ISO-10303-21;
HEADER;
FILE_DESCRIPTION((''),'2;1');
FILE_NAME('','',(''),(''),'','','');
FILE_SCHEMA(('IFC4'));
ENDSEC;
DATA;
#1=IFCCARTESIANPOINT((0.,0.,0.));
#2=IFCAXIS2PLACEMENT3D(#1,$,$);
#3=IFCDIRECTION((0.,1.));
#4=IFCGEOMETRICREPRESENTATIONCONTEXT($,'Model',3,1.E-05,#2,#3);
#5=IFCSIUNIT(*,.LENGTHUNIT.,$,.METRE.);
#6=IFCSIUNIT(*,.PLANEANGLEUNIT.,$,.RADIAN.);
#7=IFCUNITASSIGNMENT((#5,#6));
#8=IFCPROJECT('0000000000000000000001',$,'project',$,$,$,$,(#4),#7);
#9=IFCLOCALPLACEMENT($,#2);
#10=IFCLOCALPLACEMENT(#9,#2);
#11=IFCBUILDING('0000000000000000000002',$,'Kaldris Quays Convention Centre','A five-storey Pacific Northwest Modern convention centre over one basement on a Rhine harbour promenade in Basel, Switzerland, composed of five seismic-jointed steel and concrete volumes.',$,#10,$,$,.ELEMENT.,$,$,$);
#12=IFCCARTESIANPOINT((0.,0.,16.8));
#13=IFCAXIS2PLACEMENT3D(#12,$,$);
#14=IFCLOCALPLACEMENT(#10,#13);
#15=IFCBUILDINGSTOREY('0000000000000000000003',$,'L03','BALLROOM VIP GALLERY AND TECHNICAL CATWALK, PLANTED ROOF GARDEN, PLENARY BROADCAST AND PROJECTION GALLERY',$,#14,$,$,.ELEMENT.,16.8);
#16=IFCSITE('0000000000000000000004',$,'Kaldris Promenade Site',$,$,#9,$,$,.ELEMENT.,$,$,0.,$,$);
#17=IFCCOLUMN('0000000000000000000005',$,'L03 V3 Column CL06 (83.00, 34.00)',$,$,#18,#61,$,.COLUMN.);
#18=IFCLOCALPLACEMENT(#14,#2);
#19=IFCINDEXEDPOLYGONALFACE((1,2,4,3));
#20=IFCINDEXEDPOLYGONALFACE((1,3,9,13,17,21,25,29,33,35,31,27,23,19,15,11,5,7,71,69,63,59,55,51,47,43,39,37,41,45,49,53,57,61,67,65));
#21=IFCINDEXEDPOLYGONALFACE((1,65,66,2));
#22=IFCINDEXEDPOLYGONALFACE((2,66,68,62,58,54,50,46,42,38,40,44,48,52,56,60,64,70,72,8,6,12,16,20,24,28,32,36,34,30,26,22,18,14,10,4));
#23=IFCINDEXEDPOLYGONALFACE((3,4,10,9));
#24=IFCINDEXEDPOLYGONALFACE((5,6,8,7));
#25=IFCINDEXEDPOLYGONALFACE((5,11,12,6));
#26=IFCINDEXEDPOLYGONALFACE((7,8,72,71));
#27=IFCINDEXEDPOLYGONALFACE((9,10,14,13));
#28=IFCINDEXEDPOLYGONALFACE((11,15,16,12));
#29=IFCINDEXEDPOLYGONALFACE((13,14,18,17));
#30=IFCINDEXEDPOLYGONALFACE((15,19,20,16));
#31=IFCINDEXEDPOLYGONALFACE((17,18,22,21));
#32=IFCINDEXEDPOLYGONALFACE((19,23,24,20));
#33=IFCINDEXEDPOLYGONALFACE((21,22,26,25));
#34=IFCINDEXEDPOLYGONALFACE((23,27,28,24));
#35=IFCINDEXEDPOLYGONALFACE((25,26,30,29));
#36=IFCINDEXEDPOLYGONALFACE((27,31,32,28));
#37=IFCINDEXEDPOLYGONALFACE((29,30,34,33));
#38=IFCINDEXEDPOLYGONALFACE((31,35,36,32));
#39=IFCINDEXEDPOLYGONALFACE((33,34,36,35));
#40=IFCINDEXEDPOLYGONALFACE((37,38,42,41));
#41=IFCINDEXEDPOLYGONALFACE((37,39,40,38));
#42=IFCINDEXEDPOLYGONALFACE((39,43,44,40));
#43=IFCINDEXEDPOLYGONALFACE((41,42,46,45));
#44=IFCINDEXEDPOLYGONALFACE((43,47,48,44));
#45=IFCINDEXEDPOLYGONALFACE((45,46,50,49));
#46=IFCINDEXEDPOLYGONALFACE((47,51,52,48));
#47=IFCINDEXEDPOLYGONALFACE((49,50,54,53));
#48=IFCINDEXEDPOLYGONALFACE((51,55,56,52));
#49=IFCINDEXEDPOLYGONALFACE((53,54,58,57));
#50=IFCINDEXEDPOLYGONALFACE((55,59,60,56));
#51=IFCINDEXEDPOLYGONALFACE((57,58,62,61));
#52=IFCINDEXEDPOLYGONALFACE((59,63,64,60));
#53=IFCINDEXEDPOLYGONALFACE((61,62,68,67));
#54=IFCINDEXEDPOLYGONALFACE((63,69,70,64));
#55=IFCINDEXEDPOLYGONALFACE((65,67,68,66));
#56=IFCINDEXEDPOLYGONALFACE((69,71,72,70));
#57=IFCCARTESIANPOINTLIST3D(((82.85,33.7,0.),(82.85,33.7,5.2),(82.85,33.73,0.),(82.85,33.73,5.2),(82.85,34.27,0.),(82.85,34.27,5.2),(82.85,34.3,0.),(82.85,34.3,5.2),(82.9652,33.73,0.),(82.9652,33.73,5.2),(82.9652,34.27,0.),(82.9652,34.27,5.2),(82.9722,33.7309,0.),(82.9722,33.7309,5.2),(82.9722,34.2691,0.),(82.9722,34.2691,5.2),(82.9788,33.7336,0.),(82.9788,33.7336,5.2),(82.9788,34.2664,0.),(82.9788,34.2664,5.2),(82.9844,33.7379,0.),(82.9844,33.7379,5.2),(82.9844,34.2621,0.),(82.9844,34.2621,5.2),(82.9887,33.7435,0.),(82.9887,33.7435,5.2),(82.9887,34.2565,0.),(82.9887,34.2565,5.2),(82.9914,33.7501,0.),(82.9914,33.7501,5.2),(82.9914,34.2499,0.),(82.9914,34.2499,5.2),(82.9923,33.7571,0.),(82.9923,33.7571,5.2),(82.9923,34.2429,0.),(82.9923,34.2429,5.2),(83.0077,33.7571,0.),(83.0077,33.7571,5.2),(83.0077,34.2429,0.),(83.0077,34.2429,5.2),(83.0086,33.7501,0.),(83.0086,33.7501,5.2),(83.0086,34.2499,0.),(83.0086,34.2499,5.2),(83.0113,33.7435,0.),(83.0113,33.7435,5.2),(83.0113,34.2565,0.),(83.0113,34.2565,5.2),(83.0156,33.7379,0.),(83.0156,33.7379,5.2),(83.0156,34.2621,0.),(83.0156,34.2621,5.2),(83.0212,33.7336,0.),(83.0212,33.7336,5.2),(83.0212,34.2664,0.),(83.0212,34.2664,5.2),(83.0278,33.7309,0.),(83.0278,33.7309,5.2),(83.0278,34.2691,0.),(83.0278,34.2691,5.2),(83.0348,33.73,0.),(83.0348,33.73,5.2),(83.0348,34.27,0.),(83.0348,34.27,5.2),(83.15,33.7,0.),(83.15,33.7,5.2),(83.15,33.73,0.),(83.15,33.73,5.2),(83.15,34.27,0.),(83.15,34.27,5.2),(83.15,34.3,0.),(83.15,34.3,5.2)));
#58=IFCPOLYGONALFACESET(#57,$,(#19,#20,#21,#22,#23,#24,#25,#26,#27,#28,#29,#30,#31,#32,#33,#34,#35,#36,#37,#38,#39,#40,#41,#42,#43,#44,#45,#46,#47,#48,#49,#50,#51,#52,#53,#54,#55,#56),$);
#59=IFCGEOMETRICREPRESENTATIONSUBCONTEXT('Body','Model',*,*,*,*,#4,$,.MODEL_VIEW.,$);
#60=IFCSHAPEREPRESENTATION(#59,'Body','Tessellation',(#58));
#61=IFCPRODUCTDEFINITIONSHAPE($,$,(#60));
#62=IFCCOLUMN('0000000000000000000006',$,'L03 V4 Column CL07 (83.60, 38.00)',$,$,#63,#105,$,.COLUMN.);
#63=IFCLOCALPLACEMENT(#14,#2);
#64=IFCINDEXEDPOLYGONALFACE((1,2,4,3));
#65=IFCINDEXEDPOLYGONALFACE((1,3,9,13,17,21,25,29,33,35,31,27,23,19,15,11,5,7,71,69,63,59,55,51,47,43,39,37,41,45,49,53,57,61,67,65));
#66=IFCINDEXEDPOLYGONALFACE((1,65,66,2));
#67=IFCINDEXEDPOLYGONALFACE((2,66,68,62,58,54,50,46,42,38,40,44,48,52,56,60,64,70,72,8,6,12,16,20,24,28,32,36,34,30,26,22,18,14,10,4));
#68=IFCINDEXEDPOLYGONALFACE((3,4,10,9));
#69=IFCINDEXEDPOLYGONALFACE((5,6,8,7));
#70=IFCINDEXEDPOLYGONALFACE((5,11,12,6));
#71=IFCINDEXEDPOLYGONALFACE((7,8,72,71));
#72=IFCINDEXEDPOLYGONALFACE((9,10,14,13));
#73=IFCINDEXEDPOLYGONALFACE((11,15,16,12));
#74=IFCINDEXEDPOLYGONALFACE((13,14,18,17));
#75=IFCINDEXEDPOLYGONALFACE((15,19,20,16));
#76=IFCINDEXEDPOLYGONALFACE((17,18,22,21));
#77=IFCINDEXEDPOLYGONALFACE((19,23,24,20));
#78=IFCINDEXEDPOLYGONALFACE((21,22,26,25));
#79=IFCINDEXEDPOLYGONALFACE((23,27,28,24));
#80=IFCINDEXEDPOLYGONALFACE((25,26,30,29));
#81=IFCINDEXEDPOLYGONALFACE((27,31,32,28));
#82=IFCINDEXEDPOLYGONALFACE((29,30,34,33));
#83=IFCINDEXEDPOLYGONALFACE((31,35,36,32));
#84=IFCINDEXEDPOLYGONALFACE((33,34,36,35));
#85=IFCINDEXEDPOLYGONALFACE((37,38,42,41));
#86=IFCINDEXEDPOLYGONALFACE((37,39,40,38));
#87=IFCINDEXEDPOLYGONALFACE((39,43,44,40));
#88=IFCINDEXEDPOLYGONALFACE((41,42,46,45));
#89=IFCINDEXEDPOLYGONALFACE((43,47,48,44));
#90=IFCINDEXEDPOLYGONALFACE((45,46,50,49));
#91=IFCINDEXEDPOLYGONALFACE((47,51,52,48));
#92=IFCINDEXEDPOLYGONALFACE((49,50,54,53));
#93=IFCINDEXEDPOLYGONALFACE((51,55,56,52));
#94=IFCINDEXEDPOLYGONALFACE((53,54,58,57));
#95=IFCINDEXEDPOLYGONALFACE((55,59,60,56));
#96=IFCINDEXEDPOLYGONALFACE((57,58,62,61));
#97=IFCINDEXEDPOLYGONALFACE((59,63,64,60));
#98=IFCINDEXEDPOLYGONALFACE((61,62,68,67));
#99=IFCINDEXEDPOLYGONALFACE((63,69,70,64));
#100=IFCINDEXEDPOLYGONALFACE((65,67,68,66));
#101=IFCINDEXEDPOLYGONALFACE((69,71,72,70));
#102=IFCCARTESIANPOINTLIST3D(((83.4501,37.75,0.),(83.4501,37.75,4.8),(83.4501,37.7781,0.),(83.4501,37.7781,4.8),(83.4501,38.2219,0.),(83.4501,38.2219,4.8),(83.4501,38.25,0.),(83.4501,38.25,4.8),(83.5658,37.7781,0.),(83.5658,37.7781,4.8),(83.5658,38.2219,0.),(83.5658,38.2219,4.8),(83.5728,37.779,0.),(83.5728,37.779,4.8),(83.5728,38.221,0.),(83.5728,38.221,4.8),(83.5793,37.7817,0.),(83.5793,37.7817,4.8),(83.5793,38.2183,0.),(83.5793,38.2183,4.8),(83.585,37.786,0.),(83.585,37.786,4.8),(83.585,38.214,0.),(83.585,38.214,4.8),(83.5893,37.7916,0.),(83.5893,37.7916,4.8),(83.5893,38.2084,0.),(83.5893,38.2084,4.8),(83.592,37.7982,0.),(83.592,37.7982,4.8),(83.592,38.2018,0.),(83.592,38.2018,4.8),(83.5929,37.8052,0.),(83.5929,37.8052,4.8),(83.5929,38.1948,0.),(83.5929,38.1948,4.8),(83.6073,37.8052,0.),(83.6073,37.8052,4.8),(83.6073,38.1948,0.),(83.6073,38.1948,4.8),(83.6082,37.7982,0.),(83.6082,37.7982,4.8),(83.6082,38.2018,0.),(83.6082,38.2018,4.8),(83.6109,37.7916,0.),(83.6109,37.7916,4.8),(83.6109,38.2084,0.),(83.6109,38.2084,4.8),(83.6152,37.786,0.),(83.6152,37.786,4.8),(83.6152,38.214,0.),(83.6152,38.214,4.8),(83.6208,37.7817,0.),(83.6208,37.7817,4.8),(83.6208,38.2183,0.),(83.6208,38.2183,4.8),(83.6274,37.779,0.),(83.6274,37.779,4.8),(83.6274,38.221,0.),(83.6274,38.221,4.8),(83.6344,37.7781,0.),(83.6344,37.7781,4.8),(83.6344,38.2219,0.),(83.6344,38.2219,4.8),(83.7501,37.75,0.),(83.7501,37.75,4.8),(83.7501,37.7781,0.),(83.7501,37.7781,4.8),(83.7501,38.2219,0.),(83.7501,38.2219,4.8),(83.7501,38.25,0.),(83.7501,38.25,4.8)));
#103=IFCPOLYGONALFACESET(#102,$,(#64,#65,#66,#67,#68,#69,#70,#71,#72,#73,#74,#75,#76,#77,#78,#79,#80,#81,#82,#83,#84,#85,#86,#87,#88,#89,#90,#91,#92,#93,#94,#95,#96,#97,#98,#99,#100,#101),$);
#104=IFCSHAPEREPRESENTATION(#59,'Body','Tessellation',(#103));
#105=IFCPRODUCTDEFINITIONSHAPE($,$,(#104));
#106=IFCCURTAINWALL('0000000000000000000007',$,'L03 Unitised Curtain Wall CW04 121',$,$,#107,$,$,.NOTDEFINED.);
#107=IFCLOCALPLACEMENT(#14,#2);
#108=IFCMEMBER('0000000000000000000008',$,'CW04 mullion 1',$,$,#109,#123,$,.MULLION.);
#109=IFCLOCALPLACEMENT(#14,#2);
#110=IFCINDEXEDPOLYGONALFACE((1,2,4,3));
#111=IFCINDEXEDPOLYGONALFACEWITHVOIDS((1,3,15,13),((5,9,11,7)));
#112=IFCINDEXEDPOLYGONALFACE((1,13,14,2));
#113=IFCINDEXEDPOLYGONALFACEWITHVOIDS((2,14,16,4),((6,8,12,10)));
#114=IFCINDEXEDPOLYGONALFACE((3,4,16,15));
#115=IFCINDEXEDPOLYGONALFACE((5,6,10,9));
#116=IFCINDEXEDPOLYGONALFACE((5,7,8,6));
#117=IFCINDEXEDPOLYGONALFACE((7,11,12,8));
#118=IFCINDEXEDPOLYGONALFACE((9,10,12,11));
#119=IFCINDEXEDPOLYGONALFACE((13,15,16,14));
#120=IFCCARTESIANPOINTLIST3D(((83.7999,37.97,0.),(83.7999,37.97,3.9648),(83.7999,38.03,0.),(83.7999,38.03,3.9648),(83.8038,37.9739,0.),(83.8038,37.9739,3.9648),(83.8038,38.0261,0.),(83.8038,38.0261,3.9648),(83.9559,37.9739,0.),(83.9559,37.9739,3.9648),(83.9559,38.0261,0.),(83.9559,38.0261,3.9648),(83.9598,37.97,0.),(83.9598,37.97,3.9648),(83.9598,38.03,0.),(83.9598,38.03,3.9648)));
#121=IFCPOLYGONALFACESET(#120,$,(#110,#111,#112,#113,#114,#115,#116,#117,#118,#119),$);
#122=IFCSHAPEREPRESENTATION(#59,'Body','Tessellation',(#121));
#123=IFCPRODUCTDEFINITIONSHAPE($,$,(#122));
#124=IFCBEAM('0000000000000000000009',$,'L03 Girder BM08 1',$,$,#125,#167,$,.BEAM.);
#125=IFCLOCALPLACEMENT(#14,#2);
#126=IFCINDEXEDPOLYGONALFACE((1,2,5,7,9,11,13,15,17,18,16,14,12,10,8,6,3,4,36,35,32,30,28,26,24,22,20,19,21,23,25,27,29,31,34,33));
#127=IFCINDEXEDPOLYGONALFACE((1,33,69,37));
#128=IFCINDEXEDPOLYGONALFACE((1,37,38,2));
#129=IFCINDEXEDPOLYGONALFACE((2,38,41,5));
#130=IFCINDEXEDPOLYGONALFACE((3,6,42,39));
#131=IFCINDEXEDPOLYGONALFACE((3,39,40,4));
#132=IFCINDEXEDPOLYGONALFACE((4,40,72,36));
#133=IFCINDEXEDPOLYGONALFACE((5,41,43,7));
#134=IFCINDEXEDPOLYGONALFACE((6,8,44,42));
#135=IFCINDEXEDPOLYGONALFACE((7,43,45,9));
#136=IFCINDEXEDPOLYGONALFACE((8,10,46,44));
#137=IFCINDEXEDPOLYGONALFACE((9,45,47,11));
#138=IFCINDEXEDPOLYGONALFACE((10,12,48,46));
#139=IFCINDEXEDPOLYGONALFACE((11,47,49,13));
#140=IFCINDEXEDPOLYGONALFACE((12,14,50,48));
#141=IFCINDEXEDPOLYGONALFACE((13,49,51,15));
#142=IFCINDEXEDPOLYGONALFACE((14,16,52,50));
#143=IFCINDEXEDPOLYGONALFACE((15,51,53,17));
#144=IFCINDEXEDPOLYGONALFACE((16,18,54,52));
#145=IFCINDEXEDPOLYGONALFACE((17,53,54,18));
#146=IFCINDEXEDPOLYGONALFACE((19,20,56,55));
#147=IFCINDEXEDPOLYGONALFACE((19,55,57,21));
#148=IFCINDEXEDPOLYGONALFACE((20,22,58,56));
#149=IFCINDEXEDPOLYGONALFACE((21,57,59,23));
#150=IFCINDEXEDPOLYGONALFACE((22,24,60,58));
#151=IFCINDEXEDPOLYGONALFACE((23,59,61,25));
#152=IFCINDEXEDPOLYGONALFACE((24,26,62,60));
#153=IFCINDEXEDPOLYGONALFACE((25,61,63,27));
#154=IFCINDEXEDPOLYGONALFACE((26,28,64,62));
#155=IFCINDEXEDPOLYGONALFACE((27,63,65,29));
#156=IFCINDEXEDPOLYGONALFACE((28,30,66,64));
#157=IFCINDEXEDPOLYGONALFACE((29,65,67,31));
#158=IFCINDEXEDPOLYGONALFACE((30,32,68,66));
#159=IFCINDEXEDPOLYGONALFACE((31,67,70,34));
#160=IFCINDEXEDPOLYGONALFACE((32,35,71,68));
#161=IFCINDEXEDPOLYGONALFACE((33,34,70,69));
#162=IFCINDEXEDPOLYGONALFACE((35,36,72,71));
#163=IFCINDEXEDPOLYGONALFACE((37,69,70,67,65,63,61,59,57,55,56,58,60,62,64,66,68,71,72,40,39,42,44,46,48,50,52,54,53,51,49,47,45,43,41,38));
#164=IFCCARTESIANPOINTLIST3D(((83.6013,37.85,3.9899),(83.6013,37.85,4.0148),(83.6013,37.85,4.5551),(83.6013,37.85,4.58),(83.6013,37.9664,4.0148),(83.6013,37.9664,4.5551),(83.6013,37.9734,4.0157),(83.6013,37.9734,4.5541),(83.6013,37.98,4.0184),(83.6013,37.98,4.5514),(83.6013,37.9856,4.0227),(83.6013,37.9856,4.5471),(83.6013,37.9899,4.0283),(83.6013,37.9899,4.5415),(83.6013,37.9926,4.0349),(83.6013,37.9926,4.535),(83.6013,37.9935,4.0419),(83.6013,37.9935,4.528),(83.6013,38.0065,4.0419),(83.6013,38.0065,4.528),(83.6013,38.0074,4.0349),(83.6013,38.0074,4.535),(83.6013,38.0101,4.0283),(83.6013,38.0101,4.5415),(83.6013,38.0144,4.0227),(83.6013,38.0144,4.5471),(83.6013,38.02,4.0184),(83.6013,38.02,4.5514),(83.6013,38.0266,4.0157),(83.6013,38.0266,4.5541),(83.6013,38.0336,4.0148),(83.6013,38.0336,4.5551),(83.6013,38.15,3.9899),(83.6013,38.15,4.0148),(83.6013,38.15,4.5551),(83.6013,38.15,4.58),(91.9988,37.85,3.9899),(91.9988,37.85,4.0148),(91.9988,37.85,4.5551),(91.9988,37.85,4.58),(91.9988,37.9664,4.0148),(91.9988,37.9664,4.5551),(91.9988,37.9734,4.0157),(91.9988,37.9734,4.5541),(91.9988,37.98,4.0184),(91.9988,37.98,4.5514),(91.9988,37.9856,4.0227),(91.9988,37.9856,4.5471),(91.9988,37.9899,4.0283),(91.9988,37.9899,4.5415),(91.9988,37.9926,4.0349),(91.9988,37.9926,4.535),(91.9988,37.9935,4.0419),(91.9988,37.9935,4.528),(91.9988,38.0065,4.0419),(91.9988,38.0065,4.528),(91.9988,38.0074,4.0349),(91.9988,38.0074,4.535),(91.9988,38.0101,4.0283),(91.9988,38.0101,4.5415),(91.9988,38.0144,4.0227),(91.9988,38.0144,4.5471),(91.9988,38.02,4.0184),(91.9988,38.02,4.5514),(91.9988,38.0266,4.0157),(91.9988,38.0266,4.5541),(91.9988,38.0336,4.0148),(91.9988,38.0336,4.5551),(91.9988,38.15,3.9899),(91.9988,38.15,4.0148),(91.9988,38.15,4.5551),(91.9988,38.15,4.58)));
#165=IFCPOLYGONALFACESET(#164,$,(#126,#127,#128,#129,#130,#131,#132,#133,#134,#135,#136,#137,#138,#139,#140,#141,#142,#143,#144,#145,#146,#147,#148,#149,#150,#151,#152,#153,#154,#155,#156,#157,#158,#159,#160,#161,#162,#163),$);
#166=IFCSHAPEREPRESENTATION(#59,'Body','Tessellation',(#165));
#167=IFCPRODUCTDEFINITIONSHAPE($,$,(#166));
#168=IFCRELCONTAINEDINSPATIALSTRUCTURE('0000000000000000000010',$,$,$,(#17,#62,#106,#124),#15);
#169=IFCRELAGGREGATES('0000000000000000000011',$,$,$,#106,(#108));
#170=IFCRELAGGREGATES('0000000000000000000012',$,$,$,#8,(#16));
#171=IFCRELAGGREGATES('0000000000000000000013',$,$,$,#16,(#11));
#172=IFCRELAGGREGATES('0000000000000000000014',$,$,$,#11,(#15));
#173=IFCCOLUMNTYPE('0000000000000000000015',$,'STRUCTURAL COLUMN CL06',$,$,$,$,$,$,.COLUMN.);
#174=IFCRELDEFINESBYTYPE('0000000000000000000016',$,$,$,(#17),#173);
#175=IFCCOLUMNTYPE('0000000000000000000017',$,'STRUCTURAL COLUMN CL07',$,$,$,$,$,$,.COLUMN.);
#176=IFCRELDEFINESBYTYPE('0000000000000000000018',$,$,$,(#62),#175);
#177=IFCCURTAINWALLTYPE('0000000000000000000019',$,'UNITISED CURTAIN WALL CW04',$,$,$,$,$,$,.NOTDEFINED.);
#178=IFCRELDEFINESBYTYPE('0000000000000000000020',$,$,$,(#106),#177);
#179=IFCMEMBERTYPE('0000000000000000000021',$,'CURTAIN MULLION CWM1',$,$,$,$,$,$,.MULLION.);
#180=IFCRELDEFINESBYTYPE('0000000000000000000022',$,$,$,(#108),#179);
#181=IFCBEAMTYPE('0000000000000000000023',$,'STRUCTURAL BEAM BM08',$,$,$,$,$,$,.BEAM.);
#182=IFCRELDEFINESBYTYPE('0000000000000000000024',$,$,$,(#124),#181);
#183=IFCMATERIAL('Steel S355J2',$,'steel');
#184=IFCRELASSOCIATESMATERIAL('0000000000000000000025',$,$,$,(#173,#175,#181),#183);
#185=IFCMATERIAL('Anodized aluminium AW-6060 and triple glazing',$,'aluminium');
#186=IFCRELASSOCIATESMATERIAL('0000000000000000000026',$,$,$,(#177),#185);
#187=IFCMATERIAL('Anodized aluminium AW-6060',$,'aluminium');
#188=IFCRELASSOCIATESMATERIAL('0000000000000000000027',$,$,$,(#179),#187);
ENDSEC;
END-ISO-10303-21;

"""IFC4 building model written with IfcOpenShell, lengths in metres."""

from ifc_helpers import new_model, si_unit, direction, frame, origin, origin_2d, place, context, subcontext, project, spatial, hollow_rectangle, i_section, extrude, material, material_profile, profile_set, type_object, element, aggregate, save


model = new_model("IFC4")

# Units and contexts
model_context = context("Model", 3, precision=1e-05, world=origin(), true_north=direction((0.0, 1.0)))
body_context = subcontext(model_context, "Body", "Model", "MODEL_VIEW")
ifc_project = project(units=[si_unit("LENGTHUNIT", "METRE"), si_unit("PLANEANGLEUNIT", "RADIAN")], contexts=[model_context])

# Site, building, storey
site_placement = place(None, origin())
site = spatial("IfcSite", under=ifc_project, at=site_placement, Name="Kaldris Promenade Site", CompositionType="ELEMENT", RefElevation=0.0)
building_placement = place(site_placement, origin())
building = spatial("IfcBuilding", under=site, at=building_placement, Name="Kaldris Quays Convention Centre", Description="A five-storey Pacific Northwest Modern convention centre over one basement on a Rhine harbour promenade in Basel, Switzerland, composed of five seismic-jointed steel and concrete volumes.", CompositionType="ELEMENT")
storey_placement = place(building_placement, frame((0.0, 0.0, 16.8)))
storey = spatial("IfcBuildingStorey", under=building, at=storey_placement, Name="L03", Description="BALLROOM VIP GALLERY AND TECHNICAL CATWALK, PLANTED ROOF GARDEN, PLENARY BROADCAST AND PROJECTION GALLERY", CompositionType="ELEMENT", Elevation=16.8)

# Columns
ifc_material_1 = material(Name="Steel S355J2", Category="steel")
ifc_material_profile_1 = material_profile(ifc_material_1, i_section(OverallWidth=0.3, OverallDepth=0.6001, WebThickness=0.0154, FlangeThickness=0.03, FilletRadius=0.0271, at=origin_2d()), Name="HEB 600")
ifc_profile_set_1 = profile_set([ifc_material_profile_1], Name="Steel S355J2")
column_type_1 = type_object("IfcColumnType", Name="STRUCTURAL COLUMN CL06", PredefinedType="COLUMN", material=ifc_profile_set_1)
column_1_placement = place(storey_placement, frame((83.0, 34.0, 0.0), z_axis=(0.0, 0.0, 1.0), x_axis=(1.0, 0.0, 0.0)))
element("IfcColumn", 1, at=column_1_placement, inside=storey, type_object=column_type_1, Name="L03 V3 Column CL06 (83.00, 34.00)", PredefinedType="COLUMN", context=body_context, shape_type="SweptSolid", body=[
    extrude(i_section(OverallWidth=0.3, OverallDepth=0.6001, WebThickness=0.0154, FlangeThickness=0.03, FilletRadius=0.0271, at=origin_2d()), origin(), (0.0, 0.0, 1.0), 5.2),
])
ifc_material_profile_2 = material_profile(ifc_material_1, i_section(OverallWidth=0.3, OverallDepth=0.5, WebThickness=0.0144, FlangeThickness=0.0281, FilletRadius=0.0271, at=origin_2d()), Name="HEB 500")
ifc_profile_set_2 = profile_set([ifc_material_profile_2], Name="Steel S355J2")
column_type_2 = type_object("IfcColumnType", Name="STRUCTURAL COLUMN CL07", PredefinedType="COLUMN", material=ifc_profile_set_2)
column_2_placement = place(storey_placement, frame((83.6001, 38.0, 0.0), z_axis=(0.0, 0.0, 1.0), x_axis=(1.0, 0.0, 0.0)))
element("IfcColumn", 2, at=column_2_placement, inside=storey, type_object=column_type_2, Name="L03 V4 Column CL07 (83.60, 38.00)", PredefinedType="COLUMN", context=body_context, shape_type="SweptSolid", body=[
    extrude(i_section(OverallWidth=0.3, OverallDepth=0.5, WebThickness=0.0144, FlangeThickness=0.0281, FilletRadius=0.0271, at=origin_2d()), origin(), (0.0, 0.0, 1.0), 4.8),
])

# Curtain wall, member
ifc_material_2 = material(Name="Anodized aluminium AW-6060 and triple glazing", Category="aluminium")
curtain_wall_type = type_object("IfcCurtainWallType", Name="UNITISED CURTAIN WALL CW04", PredefinedType="NOTDEFINED", material=ifc_material_2)
curtain_wall_placement = place(storey_placement, origin())
curtain_wall = element("IfcCurtainWall", 3, at=curtain_wall_placement, inside=storey, type_object=curtain_wall_type, Name="L03 Unitised Curtain Wall CW04 121", PredefinedType="NOTDEFINED")
ifc_material_3 = material(Name="Anodized aluminium AW-6060", Category="aluminium")
ifc_material_profile_3 = material_profile(ifc_material_3, hollow_rectangle(XDim=0.0601, YDim=0.1599, WallThickness=0.0039, at=origin_2d()), Name="RHS 160x60x4")
ifc_profile_set_3 = profile_set([ifc_material_profile_3], Name="Anodized aluminium AW-6060")
member_type_1 = type_object("IfcMemberType", Name="CURTAIN MULLION CWM1", PredefinedType="MULLION", material=ifc_profile_set_3)
member_1_placement = place(storey_placement, frame((83.8799, 38.0, 0.0), z_axis=(0.0, 0.0, 1.0), x_axis=(0.0, 1.0, 0.0)))
member_1 = element("IfcMember", 4, at=member_1_placement, type_object=member_type_1, Name="CW04 mullion 1", PredefinedType="MULLION", context=body_context, shape_type="SweptSolid", body=[
    extrude(hollow_rectangle(XDim=0.0601, YDim=0.1599, WallThickness=0.0039, at=origin_2d()), origin(), (0.0, 0.0, 1.0), 3.9648),
])
aggregate(curtain_wall, [member_1])

# Beam
ifc_material_profile_4 = material_profile(ifc_material_1, i_section(OverallWidth=0.3, OverallDepth=0.5901, WebThickness=0.0129, FlangeThickness=0.0249, FilletRadius=0.0271, at=origin_2d()), Name="HEA 600")
ifc_profile_set_4 = profile_set([ifc_material_profile_4], Name="Steel S355J2")
beam_type_1 = type_object("IfcBeamType", Name="STRUCTURAL BEAM BM08", PredefinedType="BEAM", material=ifc_profile_set_4)
beam_1_placement = place(storey_placement, frame((83.6013, 38.0, 4.2849), z_axis=(1.0, 0.0, 0.0), x_axis=(0.0, 1.0, 0.0)))
element("IfcBeam", 5, at=beam_1_placement, inside=storey, type_object=beam_type_1, Name="L03 Girder BM08 1", PredefinedType="BEAM", context=body_context, shape_type="SweptSolid", body=[
    extrude(i_section(OverallWidth=0.3, OverallDepth=0.5901, WebThickness=0.0129, FlangeThickness=0.0249, FilletRadius=0.0271, at=origin_2d()), origin(), (0.0, 0.0, 1.0), 8.3975),
])

save(model, "model.ifc")
